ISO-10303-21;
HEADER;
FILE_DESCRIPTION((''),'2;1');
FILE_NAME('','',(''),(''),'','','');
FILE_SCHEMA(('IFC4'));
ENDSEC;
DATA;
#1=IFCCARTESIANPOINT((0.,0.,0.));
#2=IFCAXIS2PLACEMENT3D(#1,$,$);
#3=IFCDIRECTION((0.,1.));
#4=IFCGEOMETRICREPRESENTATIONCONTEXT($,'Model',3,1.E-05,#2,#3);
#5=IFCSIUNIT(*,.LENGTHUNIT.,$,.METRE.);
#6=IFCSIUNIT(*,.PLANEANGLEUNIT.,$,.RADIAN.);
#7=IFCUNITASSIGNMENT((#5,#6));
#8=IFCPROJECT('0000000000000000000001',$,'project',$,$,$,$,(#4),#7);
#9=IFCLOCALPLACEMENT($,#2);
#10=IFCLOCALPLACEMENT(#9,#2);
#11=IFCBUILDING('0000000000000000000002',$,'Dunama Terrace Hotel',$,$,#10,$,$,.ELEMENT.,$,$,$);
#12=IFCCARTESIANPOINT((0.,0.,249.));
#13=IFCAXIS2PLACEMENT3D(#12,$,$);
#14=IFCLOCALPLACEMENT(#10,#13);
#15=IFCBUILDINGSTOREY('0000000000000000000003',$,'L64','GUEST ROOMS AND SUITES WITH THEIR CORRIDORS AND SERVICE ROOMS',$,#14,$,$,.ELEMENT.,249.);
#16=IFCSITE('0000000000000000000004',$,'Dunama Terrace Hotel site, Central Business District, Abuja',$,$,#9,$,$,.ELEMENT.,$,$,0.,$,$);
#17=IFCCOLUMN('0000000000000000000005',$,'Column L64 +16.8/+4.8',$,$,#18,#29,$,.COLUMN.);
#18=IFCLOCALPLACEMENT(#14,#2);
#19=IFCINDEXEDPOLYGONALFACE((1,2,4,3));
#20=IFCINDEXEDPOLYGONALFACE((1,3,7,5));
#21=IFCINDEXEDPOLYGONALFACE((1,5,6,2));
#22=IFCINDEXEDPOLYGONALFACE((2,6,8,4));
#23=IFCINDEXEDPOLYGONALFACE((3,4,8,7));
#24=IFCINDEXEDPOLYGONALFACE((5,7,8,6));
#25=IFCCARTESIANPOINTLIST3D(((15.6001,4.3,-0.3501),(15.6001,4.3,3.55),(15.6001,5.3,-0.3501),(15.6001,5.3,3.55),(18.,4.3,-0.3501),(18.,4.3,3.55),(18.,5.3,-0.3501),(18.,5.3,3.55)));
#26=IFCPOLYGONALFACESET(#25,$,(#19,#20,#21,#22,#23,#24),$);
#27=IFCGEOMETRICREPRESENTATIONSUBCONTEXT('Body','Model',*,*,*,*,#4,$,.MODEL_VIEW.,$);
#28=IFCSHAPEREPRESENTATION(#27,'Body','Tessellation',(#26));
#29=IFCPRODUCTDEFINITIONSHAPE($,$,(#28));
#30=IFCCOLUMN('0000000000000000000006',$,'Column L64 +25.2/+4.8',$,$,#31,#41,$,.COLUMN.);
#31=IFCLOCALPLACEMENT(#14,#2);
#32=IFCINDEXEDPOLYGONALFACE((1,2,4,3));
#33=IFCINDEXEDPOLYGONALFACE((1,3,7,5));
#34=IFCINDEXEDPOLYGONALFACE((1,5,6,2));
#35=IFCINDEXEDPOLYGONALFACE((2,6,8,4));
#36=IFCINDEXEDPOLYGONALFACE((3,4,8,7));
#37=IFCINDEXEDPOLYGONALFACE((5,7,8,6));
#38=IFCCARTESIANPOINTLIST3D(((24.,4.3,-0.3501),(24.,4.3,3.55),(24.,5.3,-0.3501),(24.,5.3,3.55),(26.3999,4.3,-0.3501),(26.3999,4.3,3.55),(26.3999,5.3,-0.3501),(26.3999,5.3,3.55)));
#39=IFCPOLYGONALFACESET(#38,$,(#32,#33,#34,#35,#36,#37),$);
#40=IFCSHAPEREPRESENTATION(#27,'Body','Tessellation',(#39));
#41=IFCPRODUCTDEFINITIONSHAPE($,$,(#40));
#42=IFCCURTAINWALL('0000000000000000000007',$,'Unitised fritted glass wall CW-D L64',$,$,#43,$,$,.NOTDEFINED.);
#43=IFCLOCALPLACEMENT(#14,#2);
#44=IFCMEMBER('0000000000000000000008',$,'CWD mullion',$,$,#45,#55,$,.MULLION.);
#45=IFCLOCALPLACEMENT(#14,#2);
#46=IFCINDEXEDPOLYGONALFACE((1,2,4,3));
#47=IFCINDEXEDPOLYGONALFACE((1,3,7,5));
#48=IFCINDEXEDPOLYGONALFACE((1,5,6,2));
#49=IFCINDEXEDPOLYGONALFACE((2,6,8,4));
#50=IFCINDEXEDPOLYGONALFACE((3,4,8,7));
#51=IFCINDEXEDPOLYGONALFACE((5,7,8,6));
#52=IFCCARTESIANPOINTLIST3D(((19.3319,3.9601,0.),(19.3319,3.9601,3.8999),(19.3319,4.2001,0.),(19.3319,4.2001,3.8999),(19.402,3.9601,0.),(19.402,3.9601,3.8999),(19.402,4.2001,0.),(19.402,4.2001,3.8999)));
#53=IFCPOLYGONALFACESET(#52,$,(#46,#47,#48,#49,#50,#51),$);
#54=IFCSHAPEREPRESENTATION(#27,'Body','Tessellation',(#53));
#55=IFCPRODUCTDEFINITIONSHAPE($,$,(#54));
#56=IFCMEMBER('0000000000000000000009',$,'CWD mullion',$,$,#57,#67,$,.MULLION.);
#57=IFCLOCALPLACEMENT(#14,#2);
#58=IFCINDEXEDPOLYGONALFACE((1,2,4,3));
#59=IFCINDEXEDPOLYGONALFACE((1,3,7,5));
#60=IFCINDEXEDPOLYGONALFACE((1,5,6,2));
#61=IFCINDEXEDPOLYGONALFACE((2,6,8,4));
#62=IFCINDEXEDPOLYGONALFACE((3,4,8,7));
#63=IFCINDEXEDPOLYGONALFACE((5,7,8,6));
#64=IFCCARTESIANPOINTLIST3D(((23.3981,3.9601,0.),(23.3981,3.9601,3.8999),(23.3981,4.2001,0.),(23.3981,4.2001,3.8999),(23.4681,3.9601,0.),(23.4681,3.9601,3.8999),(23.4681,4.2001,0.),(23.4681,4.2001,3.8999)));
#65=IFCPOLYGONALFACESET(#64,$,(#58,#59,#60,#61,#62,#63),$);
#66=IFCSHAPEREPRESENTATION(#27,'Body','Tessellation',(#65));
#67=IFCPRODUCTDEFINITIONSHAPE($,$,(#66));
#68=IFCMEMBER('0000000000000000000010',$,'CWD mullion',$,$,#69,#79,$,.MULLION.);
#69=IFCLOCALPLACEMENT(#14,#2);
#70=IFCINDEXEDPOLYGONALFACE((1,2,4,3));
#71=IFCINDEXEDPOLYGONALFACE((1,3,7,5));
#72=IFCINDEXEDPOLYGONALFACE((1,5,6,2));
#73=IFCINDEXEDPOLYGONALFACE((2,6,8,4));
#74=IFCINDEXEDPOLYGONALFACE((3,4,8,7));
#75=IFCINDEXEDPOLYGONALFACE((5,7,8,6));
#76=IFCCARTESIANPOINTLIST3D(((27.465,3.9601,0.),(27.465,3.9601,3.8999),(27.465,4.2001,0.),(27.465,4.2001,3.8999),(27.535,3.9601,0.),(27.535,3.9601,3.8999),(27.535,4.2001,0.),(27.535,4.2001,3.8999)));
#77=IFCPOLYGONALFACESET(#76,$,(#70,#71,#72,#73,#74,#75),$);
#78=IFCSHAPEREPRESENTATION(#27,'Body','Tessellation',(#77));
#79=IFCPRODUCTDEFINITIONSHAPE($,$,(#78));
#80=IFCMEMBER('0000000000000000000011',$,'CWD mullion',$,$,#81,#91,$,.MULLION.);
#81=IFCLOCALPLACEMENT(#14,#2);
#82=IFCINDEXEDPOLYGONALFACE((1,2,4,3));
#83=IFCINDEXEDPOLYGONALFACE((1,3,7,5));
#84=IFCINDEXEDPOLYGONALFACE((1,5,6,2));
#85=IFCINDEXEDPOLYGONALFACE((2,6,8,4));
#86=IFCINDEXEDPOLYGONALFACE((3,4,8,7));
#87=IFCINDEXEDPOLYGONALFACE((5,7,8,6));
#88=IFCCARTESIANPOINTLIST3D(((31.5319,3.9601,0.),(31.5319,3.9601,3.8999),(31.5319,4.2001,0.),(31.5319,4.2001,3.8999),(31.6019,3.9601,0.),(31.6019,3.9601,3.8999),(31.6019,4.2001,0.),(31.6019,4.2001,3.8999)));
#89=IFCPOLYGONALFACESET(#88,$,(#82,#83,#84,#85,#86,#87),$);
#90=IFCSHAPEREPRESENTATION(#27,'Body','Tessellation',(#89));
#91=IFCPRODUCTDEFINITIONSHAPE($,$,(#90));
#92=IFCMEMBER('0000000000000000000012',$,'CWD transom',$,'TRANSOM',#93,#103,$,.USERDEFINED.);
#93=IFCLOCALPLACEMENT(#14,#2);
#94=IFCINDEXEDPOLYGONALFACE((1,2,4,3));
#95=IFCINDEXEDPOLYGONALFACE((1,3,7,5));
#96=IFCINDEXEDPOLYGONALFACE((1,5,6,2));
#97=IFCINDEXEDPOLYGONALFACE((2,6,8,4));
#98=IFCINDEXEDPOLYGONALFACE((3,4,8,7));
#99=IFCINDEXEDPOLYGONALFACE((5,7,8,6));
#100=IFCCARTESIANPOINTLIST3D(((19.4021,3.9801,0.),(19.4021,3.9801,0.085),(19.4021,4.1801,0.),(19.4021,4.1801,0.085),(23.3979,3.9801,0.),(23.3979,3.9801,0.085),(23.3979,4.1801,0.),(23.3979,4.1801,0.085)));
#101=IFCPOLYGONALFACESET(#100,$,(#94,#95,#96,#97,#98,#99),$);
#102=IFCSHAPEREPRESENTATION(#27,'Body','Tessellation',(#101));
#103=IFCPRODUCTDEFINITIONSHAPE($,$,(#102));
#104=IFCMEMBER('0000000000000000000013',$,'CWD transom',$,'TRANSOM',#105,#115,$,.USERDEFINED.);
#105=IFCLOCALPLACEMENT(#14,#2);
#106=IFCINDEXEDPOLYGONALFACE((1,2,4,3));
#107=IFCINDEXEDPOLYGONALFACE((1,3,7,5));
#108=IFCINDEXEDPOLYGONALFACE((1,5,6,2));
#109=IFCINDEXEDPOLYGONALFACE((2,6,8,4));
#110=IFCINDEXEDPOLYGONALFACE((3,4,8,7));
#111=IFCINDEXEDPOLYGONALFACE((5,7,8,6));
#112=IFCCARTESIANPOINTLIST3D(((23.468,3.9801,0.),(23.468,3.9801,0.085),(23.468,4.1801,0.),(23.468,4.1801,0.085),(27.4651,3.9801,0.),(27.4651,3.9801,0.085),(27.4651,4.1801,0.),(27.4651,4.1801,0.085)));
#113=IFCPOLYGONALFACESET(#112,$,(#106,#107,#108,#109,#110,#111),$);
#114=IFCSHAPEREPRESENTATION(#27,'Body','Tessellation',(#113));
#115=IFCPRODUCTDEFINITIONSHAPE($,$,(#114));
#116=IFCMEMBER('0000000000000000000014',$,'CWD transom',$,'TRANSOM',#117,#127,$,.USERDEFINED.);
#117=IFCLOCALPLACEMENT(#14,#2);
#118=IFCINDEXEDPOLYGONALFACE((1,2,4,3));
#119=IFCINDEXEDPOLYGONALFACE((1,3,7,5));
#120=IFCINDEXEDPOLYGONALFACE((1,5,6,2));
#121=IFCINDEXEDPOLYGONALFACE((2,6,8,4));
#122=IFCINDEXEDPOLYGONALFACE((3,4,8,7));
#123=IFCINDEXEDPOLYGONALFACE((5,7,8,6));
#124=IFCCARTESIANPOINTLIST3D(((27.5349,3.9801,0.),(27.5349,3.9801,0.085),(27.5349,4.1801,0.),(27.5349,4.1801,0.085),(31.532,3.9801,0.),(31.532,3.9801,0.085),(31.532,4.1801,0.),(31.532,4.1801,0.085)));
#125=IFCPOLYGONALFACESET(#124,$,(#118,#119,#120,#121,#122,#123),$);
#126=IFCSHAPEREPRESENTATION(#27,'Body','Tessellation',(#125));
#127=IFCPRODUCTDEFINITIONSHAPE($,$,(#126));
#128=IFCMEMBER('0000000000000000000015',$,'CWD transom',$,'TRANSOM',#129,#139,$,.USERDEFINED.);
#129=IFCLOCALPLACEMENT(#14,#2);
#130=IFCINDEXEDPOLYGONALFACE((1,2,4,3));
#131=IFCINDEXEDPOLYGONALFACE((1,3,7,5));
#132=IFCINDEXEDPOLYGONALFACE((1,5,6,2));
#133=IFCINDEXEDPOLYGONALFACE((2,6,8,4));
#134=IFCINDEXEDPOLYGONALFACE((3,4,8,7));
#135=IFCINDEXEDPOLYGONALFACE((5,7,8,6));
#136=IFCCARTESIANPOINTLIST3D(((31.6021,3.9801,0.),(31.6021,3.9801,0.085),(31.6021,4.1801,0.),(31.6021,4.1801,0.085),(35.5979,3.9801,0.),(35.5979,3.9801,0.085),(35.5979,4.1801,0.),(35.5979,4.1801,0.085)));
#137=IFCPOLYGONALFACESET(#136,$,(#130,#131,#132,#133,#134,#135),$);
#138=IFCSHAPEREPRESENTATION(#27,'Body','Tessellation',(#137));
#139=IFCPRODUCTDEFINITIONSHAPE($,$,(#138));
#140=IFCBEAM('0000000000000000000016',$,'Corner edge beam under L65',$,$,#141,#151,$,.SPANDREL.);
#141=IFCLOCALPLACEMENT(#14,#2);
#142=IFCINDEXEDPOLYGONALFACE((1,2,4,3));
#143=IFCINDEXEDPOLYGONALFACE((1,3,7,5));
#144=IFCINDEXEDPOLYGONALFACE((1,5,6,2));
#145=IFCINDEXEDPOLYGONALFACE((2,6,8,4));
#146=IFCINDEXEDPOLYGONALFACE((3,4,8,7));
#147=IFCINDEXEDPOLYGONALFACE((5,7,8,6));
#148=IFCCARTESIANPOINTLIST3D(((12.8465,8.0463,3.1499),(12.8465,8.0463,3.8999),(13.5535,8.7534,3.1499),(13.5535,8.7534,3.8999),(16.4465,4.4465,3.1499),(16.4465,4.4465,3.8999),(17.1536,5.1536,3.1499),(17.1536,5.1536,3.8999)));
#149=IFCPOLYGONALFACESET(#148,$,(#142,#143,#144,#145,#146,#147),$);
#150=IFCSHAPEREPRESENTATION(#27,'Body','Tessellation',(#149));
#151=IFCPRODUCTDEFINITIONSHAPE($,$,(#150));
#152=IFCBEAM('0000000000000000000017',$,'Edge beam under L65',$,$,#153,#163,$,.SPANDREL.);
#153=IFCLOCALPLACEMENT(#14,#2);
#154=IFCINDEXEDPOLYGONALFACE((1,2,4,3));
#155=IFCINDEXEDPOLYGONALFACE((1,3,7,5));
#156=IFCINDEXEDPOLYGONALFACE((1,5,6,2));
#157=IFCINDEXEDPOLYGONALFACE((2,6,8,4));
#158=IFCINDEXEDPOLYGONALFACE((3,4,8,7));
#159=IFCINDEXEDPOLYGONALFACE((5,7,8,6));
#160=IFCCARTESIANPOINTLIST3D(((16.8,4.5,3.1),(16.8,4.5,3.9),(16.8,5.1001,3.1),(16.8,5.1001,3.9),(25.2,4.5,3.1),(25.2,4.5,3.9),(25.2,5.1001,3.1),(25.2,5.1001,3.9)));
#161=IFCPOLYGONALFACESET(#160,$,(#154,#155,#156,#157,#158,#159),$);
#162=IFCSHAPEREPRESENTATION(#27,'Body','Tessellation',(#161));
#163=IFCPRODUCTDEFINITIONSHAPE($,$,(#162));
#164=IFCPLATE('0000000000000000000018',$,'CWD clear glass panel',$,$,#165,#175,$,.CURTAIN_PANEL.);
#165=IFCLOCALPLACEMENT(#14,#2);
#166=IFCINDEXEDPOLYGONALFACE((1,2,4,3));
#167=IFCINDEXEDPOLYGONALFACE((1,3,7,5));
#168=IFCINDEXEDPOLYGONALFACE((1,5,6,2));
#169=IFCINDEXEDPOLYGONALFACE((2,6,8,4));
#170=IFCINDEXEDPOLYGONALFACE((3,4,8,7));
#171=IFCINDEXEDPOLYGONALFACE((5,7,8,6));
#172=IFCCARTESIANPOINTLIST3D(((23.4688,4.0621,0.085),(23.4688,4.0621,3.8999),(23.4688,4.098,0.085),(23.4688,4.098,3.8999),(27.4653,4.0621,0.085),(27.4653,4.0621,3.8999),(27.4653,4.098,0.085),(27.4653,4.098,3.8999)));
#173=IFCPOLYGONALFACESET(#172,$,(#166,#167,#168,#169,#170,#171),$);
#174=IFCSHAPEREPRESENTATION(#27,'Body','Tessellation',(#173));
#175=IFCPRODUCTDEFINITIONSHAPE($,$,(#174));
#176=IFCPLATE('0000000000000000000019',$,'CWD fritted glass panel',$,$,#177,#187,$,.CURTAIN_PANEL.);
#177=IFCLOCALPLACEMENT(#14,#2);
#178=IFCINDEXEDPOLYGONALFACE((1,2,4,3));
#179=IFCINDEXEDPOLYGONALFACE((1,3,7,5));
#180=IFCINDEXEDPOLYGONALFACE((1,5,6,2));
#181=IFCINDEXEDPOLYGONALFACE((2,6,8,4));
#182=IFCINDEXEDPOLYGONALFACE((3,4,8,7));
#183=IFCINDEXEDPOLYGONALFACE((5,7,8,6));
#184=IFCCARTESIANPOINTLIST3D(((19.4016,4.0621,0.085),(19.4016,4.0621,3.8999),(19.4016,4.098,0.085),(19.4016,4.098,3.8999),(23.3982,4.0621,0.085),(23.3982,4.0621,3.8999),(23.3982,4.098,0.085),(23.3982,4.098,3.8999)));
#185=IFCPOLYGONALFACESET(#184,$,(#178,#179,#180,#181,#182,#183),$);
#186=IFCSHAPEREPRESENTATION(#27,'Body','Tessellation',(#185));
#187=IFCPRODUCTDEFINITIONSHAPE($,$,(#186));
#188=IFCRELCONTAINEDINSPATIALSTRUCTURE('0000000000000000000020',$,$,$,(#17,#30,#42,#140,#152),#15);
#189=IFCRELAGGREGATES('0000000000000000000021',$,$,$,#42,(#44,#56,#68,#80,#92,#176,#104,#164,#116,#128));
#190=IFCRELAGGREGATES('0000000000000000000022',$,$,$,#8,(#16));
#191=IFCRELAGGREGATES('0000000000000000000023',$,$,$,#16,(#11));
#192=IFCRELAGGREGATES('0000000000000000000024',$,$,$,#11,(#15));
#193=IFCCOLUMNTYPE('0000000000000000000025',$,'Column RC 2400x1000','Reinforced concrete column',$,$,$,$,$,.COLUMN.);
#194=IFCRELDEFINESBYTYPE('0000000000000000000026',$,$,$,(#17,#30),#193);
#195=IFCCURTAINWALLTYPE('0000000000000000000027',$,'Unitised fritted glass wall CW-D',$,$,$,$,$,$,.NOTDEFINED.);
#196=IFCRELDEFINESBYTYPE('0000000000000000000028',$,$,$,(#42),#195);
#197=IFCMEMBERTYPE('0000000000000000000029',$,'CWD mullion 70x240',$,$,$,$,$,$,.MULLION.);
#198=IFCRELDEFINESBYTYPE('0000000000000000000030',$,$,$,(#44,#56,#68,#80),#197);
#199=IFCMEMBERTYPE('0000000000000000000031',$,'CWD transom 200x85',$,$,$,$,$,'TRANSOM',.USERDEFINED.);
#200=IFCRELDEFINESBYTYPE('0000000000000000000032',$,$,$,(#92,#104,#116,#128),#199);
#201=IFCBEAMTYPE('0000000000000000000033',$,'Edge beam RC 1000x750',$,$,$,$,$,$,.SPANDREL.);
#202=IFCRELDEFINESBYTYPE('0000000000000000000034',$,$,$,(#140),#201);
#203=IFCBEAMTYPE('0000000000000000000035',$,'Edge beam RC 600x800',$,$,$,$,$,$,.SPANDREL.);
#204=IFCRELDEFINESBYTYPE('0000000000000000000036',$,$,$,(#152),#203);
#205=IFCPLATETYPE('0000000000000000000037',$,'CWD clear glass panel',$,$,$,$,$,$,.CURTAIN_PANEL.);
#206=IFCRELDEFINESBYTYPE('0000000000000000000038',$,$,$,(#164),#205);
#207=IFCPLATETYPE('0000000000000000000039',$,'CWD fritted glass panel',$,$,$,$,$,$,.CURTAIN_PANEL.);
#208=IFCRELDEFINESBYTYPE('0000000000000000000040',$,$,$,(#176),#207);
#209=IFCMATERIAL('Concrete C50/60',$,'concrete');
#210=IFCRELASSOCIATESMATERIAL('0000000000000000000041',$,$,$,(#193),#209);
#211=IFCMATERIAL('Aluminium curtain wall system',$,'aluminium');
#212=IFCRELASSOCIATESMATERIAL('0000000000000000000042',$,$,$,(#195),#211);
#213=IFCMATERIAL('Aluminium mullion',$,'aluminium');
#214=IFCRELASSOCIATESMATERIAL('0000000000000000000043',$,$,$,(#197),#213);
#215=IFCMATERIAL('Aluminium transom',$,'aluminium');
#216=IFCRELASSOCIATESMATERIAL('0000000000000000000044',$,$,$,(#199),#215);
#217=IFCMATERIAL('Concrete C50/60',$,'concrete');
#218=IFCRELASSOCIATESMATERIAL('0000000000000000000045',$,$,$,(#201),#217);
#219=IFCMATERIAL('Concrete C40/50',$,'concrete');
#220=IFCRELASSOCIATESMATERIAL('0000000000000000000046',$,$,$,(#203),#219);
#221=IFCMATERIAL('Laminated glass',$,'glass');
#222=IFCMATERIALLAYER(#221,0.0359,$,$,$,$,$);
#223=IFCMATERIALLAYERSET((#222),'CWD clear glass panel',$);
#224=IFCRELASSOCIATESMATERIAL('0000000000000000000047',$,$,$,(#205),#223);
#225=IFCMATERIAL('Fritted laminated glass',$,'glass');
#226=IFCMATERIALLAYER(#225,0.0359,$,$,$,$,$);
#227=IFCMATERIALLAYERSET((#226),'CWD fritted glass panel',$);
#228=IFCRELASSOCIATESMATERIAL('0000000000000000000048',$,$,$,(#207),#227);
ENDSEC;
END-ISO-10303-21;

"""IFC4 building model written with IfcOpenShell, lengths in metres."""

from ifc_helpers import new_model, si_unit, direction, frame, origin, origin_2d, place, context, subcontext, project, spatial, rectangle, extrude, material, layer, layer_set, material_profile, profile_set, type_object, element, aggregate, save


model = new_model("IFC4")

# Units and contexts
model_context = context("Model", 3, precision=1e-05, world=origin(), true_north=direction((0.0, 1.0)))
body_context = subcontext(model_context, "Body", "Model", "MODEL_VIEW")
ifc_project = project(units=[si_unit("LENGTHUNIT", "METRE"), si_unit("PLANEANGLEUNIT", "RADIAN")], contexts=[model_context])

# Site, building, storey
site_placement = place(None, origin())
site = spatial("IfcSite", under=ifc_project, at=site_placement, Name="Dunama Terrace Hotel site, Central Business District, Abuja", CompositionType="ELEMENT", RefElevation=0.0)
building_placement = place(site_placement, origin())
building = spatial("IfcBuilding", under=site, at=building_placement, Name="Dunama Terrace Hotel", CompositionType="ELEMENT")
storey_placement = place(building_placement, frame((0.0, 0.0, 249.0)))
storey = spatial("IfcBuildingStorey", under=building, at=storey_placement, Name="L64", Description="GUEST ROOMS AND SUITES WITH THEIR CORRIDORS AND SERVICE ROOMS", CompositionType="ELEMENT", Elevation=249.0)

# Columns
ifc_material_1 = material(Name="Concrete C50/60", Category="concrete")
ifc_material_profile_1 = material_profile(ifc_material_1, rectangle(XDim=2.3999, YDim=1.0, at=origin_2d()), Name="RC 2400x1000")
ifc_profile_set_1 = profile_set([ifc_material_profile_1], Name="Concrete C50/60")
column_type = type_object("IfcColumnType", Name="Column RC 2400x1000", Description="Reinforced concrete column", PredefinedType="COLUMN", material=ifc_profile_set_1)
for number, where, z_axis, x_axis, name in (
    (1, (16.8, 4.8, -0.3501), (0.0, 0.0, 1.0), (1.0, 0.0, 0.0), "Column L64 +16.8/+4.8"),
    (2, (25.2, 4.8, -0.3501), (0.0, 0.0, 1.0), (1.0, 0.0, 0.0), "Column L64 +25.2/+4.8"),
):
    element("IfcColumn", number, at=place(storey_placement, frame(where, z_axis=z_axis, x_axis=x_axis)), inside=storey, type_object=column_type, Name=name, PredefinedType="COLUMN", context=body_context, shape_type="SweptSolid", body=[
        extrude(rectangle(XDim=2.3999, YDim=1.0, at=origin_2d()), origin(), (0.0, 0.0, 1.0), 3.9001),
    ])

# Curtain wall, members
ifc_material_2 = material(Name="Aluminium curtain wall system", Category="aluminium")
curtain_wall_type = type_object("IfcCurtainWallType", Name="Unitised fritted glass wall CW-D", PredefinedType="NOTDEFINED", material=ifc_material_2)
curtain_wall_placement = place(storey_placement, origin())
curtain_wall = element("IfcCurtainWall", 3, at=curtain_wall_placement, inside=storey, type_object=curtain_wall_type, Name="Unitised fritted glass wall CW-D L64", PredefinedType="NOTDEFINED")
ifc_material_3 = material(Name="Aluminium mullion", Category="aluminium")
ifc_material_profile_2 = material_profile(ifc_material_3, rectangle(XDim=0.0701, YDim=0.24, at=origin_2d()), Name="CWD MULLION 70X240")
ifc_profile_set_2 = profile_set([ifc_material_profile_2], Name="Aluminium mullion")
member_type_1 = type_object("IfcMemberType", Name="CWD mullion 70x240", PredefinedType="MULLION", material=ifc_profile_set_2)
member_1_placement = place(storey_placement, frame((19.3669, 4.0801, 0.0), z_axis=(0.0, 0.0, 1.0), x_axis=(1.0, 0.0, 0.0)))
member_1 = element("IfcMember", 4, at=member_1_placement, type_object=member_type_1, Name="CWD mullion", PredefinedType="MULLION", context=body_context, shape_type="SweptSolid", body=[
    extrude(rectangle(XDim=0.0701, YDim=0.24, at=origin_2d()), origin(), (0.0, 0.0, 1.0), 3.8999),
])
member_2_placement = place(storey_placement, frame((23.4331, 4.0801, 0.0), z_axis=(0.0, 0.0, 1.0), x_axis=(1.0, 0.0, 0.0)))
member_2 = element("IfcMember", 5, at=member_2_placement, type_object=member_type_1, Name="CWD mullion", PredefinedType="MULLION", context=body_context, shape_type="SweptSolid", body=[
    extrude(rectangle(XDim=0.0701, YDim=0.24, at=origin_2d()), origin(), (0.0, 0.0, 1.0), 3.8999),
])
member_3_placement = place(storey_placement, frame((27.5, 4.0801, 0.0), z_axis=(0.0, 0.0, 1.0), x_axis=(1.0, 0.0, 0.0)))
member_3 = element("IfcMember", 6, at=member_3_placement, type_object=member_type_1, Name="CWD mullion", PredefinedType="MULLION", context=body_context, shape_type="SweptSolid", body=[
    extrude(rectangle(XDim=0.0701, YDim=0.24, at=origin_2d()), origin(), (0.0, 0.0, 1.0), 3.8999),
])
member_4_placement = place(storey_placement, frame((31.5669, 4.0801, 0.0), z_axis=(0.0, 0.0, 1.0), x_axis=(1.0, 0.0, 0.0)))
member_4 = element("IfcMember", 7, at=member_4_placement, type_object=member_type_1, Name="CWD mullion", PredefinedType="MULLION", context=body_context, shape_type="SweptSolid", body=[
    extrude(rectangle(XDim=0.0701, YDim=0.24, at=origin_2d()), origin(), (0.0, 0.0, 1.0), 3.8999),
])
ifc_material_4 = material(Name="Aluminium transom", Category="aluminium")
ifc_material_profile_3 = material_profile(ifc_material_4, rectangle(XDim=0.2, YDim=0.085, at=origin_2d()), Name="CWD TRANSOM 200X85")
ifc_profile_set_3 = profile_set([ifc_material_profile_3], Name="Aluminium transom")
member_type_2 = type_object("IfcMemberType", Name="CWD transom 200x85", ElementType="TRANSOM", PredefinedType="USERDEFINED", material=ifc_profile_set_3)
member_5_placement = place(storey_placement, frame((19.4021, 4.0801, 0.0425), z_axis=(1.0, 0.0, 0.0), x_axis=(0.0, 1.0, 0.0)))
member_5 = element("IfcMember", 8, at=member_5_placement, type_object=member_type_2, Name="CWD transom", ObjectType="TRANSOM", PredefinedType="USERDEFINED", context=body_context, shape_type="SweptSolid", body=[
    extrude(rectangle(XDim=0.2, YDim=0.085, at=origin_2d()), origin(), (0.0, 0.0, 1.0), 3.9958),
])
member_6_placement = place(storey_placement, frame((23.468, 4.0801, 0.0425), z_axis=(1.0, 0.0, 0.0), x_axis=(0.0, 1.0, 0.0)))
member_6 = element("IfcMember", 9, at=member_6_placement, type_object=member_type_2, Name="CWD transom", ObjectType="TRANSOM", PredefinedType="USERDEFINED", context=body_context, shape_type="SweptSolid", body=[
    extrude(rectangle(XDim=0.2, YDim=0.085, at=origin_2d()), origin(), (0.0, 0.0, 1.0), 3.9971),
])
member_7_placement = place(storey_placement, frame((27.5349, 4.0801, 0.0425), z_axis=(1.0, 0.0, 0.0), x_axis=(0.0, 1.0, 0.0)))
member_7 = element("IfcMember", 10, at=member_7_placement, type_object=member_type_2, Name="CWD transom", ObjectType="TRANSOM", PredefinedType="USERDEFINED", context=body_context, shape_type="SweptSolid", body=[
    extrude(rectangle(XDim=0.2, YDim=0.085, at=origin_2d()), origin(), (0.0, 0.0, 1.0), 3.9971),
])
member_8_placement = place(storey_placement, frame((31.6021, 4.0801, 0.0425), z_axis=(1.0, 0.0, 0.0), x_axis=(0.0, 1.0, 0.0)))
member_8 = element("IfcMember", 11, at=member_8_placement, type_object=member_type_2, Name="CWD transom", ObjectType="TRANSOM", PredefinedType="USERDEFINED", context=body_context, shape_type="SweptSolid", body=[
    extrude(rectangle(XDim=0.2, YDim=0.085, at=origin_2d()), origin(), (0.0, 0.0, 1.0), 3.9958),
])

# Beams
ifc_material_5 = material(Name="Concrete C50/60", Category="concrete")
ifc_material_profile_4 = material_profile(ifc_material_5, rectangle(XDim=1.0, YDim=0.75, at=origin_2d()), Name="RC 1000x750")
ifc_profile_set_4 = profile_set([ifc_material_profile_4], Name="Concrete C50/60")
beam_type_1 = type_object("IfcBeamType", Name="Edge beam RC 1000x750", PredefinedType="SPANDREL", material=ifc_profile_set_4)
beam_1_placement = place(storey_placement, frame((16.8, 4.8, 3.5249), z_axis=(-0.707131, 0.707083, 0.0), x_axis=(-0.707083, -0.707131, 0.0)))
element("IfcBeam", 12, at=beam_1_placement, inside=storey, type_object=beam_type_1, Name="Corner edge beam under L65", PredefinedType="SPANDREL", context=body_context, shape_type="SweptSolid", body=[
    extrude(rectangle(XDim=1.0, YDim=0.75, at=origin_2d()), origin(), (0.0, 0.0, 1.0), 5.0911),
])
ifc_material_6 = material(Name="Concrete C40/50", Category="concrete")
ifc_material_profile_5 = material_profile(ifc_material_6, rectangle(XDim=0.6001, YDim=0.8, at=origin_2d()), Name="RC 600x800")
ifc_profile_set_5 = profile_set([ifc_material_profile_5], Name="Concrete C40/50")
beam_type_2 = type_object("IfcBeamType", Name="Edge beam RC 600x800", PredefinedType="SPANDREL", material=ifc_profile_set_5)
beam_2_placement = place(storey_placement, frame((16.8, 4.8, 3.5), z_axis=(1.0, 0.0, 0.0), x_axis=(0.0, 1.0, 0.0)))
element("IfcBeam", 13, at=beam_2_placement, inside=storey, type_object=beam_type_2, Name="Edge beam under L65", PredefinedType="SPANDREL", context=body_context, shape_type="SweptSolid", body=[
    extrude(rectangle(XDim=0.6001, YDim=0.8, at=origin_2d()), origin(), (0.0, 0.0, 1.0), 8.3999),
])

# Plates
ifc_material_7 = material(Name="Laminated glass", Category="glass")
ifc_layer_1 = layer(ifc_material_7, 0.0359)
ifc_layer_set_1 = layer_set([ifc_layer_1], Name="CWD clear glass panel")
plate_type_1 = type_object("IfcPlateType", Name="CWD clear glass panel", PredefinedType="CURTAIN_PANEL", material=ifc_layer_set_1)
plate_1_placement = place(storey_placement, frame((25.467, 4.0801, 0.085), z_axis=(0.0, 0.0, 1.0), x_axis=(1.0, 0.0, 0.0)))
plate_1 = element("IfcPlate", 14, at=plate_1_placement, type_object=plate_type_1, Name="CWD clear glass panel", PredefinedType="CURTAIN_PANEL", context=body_context, shape_type="SweptSolid", body=[
    extrude(rectangle(XDim=3.9966, YDim=0.0359, at=origin_2d()), origin(), (0.0, 0.0, 1.0), 3.8149),
])
ifc_material_8 = material(Name="Fritted laminated glass", Category="glass")
ifc_layer_2 = layer(ifc_material_8, 0.0359)
ifc_layer_set_2 = layer_set([ifc_layer_2], Name="CWD fritted glass panel")
plate_type_2 = type_object("IfcPlateType", Name="CWD fritted glass panel", PredefinedType="CURTAIN_PANEL", material=ifc_layer_set_2)
plate_2_placement = place(storey_placement, frame((21.3999, 4.0801, 0.085), z_axis=(0.0, 0.0, 1.0), x_axis=(1.0, 0.0, 0.0)))
plate_2 = element("IfcPlate", 15, at=plate_2_placement, type_object=plate_type_2, Name="CWD fritted glass panel", PredefinedType="CURTAIN_PANEL", context=body_context, shape_type="SweptSolid", body=[
    extrude(rectangle(XDim=3.9966, YDim=0.0359, at=origin_2d()), origin(), (0.0, 0.0, 1.0), 3.8149),
])
aggregate(curtain_wall, [member_1, member_2, member_3, member_4, member_5, plate_2, member_6, plate_1, member_7, member_8])

save(model, "model.ifc")
